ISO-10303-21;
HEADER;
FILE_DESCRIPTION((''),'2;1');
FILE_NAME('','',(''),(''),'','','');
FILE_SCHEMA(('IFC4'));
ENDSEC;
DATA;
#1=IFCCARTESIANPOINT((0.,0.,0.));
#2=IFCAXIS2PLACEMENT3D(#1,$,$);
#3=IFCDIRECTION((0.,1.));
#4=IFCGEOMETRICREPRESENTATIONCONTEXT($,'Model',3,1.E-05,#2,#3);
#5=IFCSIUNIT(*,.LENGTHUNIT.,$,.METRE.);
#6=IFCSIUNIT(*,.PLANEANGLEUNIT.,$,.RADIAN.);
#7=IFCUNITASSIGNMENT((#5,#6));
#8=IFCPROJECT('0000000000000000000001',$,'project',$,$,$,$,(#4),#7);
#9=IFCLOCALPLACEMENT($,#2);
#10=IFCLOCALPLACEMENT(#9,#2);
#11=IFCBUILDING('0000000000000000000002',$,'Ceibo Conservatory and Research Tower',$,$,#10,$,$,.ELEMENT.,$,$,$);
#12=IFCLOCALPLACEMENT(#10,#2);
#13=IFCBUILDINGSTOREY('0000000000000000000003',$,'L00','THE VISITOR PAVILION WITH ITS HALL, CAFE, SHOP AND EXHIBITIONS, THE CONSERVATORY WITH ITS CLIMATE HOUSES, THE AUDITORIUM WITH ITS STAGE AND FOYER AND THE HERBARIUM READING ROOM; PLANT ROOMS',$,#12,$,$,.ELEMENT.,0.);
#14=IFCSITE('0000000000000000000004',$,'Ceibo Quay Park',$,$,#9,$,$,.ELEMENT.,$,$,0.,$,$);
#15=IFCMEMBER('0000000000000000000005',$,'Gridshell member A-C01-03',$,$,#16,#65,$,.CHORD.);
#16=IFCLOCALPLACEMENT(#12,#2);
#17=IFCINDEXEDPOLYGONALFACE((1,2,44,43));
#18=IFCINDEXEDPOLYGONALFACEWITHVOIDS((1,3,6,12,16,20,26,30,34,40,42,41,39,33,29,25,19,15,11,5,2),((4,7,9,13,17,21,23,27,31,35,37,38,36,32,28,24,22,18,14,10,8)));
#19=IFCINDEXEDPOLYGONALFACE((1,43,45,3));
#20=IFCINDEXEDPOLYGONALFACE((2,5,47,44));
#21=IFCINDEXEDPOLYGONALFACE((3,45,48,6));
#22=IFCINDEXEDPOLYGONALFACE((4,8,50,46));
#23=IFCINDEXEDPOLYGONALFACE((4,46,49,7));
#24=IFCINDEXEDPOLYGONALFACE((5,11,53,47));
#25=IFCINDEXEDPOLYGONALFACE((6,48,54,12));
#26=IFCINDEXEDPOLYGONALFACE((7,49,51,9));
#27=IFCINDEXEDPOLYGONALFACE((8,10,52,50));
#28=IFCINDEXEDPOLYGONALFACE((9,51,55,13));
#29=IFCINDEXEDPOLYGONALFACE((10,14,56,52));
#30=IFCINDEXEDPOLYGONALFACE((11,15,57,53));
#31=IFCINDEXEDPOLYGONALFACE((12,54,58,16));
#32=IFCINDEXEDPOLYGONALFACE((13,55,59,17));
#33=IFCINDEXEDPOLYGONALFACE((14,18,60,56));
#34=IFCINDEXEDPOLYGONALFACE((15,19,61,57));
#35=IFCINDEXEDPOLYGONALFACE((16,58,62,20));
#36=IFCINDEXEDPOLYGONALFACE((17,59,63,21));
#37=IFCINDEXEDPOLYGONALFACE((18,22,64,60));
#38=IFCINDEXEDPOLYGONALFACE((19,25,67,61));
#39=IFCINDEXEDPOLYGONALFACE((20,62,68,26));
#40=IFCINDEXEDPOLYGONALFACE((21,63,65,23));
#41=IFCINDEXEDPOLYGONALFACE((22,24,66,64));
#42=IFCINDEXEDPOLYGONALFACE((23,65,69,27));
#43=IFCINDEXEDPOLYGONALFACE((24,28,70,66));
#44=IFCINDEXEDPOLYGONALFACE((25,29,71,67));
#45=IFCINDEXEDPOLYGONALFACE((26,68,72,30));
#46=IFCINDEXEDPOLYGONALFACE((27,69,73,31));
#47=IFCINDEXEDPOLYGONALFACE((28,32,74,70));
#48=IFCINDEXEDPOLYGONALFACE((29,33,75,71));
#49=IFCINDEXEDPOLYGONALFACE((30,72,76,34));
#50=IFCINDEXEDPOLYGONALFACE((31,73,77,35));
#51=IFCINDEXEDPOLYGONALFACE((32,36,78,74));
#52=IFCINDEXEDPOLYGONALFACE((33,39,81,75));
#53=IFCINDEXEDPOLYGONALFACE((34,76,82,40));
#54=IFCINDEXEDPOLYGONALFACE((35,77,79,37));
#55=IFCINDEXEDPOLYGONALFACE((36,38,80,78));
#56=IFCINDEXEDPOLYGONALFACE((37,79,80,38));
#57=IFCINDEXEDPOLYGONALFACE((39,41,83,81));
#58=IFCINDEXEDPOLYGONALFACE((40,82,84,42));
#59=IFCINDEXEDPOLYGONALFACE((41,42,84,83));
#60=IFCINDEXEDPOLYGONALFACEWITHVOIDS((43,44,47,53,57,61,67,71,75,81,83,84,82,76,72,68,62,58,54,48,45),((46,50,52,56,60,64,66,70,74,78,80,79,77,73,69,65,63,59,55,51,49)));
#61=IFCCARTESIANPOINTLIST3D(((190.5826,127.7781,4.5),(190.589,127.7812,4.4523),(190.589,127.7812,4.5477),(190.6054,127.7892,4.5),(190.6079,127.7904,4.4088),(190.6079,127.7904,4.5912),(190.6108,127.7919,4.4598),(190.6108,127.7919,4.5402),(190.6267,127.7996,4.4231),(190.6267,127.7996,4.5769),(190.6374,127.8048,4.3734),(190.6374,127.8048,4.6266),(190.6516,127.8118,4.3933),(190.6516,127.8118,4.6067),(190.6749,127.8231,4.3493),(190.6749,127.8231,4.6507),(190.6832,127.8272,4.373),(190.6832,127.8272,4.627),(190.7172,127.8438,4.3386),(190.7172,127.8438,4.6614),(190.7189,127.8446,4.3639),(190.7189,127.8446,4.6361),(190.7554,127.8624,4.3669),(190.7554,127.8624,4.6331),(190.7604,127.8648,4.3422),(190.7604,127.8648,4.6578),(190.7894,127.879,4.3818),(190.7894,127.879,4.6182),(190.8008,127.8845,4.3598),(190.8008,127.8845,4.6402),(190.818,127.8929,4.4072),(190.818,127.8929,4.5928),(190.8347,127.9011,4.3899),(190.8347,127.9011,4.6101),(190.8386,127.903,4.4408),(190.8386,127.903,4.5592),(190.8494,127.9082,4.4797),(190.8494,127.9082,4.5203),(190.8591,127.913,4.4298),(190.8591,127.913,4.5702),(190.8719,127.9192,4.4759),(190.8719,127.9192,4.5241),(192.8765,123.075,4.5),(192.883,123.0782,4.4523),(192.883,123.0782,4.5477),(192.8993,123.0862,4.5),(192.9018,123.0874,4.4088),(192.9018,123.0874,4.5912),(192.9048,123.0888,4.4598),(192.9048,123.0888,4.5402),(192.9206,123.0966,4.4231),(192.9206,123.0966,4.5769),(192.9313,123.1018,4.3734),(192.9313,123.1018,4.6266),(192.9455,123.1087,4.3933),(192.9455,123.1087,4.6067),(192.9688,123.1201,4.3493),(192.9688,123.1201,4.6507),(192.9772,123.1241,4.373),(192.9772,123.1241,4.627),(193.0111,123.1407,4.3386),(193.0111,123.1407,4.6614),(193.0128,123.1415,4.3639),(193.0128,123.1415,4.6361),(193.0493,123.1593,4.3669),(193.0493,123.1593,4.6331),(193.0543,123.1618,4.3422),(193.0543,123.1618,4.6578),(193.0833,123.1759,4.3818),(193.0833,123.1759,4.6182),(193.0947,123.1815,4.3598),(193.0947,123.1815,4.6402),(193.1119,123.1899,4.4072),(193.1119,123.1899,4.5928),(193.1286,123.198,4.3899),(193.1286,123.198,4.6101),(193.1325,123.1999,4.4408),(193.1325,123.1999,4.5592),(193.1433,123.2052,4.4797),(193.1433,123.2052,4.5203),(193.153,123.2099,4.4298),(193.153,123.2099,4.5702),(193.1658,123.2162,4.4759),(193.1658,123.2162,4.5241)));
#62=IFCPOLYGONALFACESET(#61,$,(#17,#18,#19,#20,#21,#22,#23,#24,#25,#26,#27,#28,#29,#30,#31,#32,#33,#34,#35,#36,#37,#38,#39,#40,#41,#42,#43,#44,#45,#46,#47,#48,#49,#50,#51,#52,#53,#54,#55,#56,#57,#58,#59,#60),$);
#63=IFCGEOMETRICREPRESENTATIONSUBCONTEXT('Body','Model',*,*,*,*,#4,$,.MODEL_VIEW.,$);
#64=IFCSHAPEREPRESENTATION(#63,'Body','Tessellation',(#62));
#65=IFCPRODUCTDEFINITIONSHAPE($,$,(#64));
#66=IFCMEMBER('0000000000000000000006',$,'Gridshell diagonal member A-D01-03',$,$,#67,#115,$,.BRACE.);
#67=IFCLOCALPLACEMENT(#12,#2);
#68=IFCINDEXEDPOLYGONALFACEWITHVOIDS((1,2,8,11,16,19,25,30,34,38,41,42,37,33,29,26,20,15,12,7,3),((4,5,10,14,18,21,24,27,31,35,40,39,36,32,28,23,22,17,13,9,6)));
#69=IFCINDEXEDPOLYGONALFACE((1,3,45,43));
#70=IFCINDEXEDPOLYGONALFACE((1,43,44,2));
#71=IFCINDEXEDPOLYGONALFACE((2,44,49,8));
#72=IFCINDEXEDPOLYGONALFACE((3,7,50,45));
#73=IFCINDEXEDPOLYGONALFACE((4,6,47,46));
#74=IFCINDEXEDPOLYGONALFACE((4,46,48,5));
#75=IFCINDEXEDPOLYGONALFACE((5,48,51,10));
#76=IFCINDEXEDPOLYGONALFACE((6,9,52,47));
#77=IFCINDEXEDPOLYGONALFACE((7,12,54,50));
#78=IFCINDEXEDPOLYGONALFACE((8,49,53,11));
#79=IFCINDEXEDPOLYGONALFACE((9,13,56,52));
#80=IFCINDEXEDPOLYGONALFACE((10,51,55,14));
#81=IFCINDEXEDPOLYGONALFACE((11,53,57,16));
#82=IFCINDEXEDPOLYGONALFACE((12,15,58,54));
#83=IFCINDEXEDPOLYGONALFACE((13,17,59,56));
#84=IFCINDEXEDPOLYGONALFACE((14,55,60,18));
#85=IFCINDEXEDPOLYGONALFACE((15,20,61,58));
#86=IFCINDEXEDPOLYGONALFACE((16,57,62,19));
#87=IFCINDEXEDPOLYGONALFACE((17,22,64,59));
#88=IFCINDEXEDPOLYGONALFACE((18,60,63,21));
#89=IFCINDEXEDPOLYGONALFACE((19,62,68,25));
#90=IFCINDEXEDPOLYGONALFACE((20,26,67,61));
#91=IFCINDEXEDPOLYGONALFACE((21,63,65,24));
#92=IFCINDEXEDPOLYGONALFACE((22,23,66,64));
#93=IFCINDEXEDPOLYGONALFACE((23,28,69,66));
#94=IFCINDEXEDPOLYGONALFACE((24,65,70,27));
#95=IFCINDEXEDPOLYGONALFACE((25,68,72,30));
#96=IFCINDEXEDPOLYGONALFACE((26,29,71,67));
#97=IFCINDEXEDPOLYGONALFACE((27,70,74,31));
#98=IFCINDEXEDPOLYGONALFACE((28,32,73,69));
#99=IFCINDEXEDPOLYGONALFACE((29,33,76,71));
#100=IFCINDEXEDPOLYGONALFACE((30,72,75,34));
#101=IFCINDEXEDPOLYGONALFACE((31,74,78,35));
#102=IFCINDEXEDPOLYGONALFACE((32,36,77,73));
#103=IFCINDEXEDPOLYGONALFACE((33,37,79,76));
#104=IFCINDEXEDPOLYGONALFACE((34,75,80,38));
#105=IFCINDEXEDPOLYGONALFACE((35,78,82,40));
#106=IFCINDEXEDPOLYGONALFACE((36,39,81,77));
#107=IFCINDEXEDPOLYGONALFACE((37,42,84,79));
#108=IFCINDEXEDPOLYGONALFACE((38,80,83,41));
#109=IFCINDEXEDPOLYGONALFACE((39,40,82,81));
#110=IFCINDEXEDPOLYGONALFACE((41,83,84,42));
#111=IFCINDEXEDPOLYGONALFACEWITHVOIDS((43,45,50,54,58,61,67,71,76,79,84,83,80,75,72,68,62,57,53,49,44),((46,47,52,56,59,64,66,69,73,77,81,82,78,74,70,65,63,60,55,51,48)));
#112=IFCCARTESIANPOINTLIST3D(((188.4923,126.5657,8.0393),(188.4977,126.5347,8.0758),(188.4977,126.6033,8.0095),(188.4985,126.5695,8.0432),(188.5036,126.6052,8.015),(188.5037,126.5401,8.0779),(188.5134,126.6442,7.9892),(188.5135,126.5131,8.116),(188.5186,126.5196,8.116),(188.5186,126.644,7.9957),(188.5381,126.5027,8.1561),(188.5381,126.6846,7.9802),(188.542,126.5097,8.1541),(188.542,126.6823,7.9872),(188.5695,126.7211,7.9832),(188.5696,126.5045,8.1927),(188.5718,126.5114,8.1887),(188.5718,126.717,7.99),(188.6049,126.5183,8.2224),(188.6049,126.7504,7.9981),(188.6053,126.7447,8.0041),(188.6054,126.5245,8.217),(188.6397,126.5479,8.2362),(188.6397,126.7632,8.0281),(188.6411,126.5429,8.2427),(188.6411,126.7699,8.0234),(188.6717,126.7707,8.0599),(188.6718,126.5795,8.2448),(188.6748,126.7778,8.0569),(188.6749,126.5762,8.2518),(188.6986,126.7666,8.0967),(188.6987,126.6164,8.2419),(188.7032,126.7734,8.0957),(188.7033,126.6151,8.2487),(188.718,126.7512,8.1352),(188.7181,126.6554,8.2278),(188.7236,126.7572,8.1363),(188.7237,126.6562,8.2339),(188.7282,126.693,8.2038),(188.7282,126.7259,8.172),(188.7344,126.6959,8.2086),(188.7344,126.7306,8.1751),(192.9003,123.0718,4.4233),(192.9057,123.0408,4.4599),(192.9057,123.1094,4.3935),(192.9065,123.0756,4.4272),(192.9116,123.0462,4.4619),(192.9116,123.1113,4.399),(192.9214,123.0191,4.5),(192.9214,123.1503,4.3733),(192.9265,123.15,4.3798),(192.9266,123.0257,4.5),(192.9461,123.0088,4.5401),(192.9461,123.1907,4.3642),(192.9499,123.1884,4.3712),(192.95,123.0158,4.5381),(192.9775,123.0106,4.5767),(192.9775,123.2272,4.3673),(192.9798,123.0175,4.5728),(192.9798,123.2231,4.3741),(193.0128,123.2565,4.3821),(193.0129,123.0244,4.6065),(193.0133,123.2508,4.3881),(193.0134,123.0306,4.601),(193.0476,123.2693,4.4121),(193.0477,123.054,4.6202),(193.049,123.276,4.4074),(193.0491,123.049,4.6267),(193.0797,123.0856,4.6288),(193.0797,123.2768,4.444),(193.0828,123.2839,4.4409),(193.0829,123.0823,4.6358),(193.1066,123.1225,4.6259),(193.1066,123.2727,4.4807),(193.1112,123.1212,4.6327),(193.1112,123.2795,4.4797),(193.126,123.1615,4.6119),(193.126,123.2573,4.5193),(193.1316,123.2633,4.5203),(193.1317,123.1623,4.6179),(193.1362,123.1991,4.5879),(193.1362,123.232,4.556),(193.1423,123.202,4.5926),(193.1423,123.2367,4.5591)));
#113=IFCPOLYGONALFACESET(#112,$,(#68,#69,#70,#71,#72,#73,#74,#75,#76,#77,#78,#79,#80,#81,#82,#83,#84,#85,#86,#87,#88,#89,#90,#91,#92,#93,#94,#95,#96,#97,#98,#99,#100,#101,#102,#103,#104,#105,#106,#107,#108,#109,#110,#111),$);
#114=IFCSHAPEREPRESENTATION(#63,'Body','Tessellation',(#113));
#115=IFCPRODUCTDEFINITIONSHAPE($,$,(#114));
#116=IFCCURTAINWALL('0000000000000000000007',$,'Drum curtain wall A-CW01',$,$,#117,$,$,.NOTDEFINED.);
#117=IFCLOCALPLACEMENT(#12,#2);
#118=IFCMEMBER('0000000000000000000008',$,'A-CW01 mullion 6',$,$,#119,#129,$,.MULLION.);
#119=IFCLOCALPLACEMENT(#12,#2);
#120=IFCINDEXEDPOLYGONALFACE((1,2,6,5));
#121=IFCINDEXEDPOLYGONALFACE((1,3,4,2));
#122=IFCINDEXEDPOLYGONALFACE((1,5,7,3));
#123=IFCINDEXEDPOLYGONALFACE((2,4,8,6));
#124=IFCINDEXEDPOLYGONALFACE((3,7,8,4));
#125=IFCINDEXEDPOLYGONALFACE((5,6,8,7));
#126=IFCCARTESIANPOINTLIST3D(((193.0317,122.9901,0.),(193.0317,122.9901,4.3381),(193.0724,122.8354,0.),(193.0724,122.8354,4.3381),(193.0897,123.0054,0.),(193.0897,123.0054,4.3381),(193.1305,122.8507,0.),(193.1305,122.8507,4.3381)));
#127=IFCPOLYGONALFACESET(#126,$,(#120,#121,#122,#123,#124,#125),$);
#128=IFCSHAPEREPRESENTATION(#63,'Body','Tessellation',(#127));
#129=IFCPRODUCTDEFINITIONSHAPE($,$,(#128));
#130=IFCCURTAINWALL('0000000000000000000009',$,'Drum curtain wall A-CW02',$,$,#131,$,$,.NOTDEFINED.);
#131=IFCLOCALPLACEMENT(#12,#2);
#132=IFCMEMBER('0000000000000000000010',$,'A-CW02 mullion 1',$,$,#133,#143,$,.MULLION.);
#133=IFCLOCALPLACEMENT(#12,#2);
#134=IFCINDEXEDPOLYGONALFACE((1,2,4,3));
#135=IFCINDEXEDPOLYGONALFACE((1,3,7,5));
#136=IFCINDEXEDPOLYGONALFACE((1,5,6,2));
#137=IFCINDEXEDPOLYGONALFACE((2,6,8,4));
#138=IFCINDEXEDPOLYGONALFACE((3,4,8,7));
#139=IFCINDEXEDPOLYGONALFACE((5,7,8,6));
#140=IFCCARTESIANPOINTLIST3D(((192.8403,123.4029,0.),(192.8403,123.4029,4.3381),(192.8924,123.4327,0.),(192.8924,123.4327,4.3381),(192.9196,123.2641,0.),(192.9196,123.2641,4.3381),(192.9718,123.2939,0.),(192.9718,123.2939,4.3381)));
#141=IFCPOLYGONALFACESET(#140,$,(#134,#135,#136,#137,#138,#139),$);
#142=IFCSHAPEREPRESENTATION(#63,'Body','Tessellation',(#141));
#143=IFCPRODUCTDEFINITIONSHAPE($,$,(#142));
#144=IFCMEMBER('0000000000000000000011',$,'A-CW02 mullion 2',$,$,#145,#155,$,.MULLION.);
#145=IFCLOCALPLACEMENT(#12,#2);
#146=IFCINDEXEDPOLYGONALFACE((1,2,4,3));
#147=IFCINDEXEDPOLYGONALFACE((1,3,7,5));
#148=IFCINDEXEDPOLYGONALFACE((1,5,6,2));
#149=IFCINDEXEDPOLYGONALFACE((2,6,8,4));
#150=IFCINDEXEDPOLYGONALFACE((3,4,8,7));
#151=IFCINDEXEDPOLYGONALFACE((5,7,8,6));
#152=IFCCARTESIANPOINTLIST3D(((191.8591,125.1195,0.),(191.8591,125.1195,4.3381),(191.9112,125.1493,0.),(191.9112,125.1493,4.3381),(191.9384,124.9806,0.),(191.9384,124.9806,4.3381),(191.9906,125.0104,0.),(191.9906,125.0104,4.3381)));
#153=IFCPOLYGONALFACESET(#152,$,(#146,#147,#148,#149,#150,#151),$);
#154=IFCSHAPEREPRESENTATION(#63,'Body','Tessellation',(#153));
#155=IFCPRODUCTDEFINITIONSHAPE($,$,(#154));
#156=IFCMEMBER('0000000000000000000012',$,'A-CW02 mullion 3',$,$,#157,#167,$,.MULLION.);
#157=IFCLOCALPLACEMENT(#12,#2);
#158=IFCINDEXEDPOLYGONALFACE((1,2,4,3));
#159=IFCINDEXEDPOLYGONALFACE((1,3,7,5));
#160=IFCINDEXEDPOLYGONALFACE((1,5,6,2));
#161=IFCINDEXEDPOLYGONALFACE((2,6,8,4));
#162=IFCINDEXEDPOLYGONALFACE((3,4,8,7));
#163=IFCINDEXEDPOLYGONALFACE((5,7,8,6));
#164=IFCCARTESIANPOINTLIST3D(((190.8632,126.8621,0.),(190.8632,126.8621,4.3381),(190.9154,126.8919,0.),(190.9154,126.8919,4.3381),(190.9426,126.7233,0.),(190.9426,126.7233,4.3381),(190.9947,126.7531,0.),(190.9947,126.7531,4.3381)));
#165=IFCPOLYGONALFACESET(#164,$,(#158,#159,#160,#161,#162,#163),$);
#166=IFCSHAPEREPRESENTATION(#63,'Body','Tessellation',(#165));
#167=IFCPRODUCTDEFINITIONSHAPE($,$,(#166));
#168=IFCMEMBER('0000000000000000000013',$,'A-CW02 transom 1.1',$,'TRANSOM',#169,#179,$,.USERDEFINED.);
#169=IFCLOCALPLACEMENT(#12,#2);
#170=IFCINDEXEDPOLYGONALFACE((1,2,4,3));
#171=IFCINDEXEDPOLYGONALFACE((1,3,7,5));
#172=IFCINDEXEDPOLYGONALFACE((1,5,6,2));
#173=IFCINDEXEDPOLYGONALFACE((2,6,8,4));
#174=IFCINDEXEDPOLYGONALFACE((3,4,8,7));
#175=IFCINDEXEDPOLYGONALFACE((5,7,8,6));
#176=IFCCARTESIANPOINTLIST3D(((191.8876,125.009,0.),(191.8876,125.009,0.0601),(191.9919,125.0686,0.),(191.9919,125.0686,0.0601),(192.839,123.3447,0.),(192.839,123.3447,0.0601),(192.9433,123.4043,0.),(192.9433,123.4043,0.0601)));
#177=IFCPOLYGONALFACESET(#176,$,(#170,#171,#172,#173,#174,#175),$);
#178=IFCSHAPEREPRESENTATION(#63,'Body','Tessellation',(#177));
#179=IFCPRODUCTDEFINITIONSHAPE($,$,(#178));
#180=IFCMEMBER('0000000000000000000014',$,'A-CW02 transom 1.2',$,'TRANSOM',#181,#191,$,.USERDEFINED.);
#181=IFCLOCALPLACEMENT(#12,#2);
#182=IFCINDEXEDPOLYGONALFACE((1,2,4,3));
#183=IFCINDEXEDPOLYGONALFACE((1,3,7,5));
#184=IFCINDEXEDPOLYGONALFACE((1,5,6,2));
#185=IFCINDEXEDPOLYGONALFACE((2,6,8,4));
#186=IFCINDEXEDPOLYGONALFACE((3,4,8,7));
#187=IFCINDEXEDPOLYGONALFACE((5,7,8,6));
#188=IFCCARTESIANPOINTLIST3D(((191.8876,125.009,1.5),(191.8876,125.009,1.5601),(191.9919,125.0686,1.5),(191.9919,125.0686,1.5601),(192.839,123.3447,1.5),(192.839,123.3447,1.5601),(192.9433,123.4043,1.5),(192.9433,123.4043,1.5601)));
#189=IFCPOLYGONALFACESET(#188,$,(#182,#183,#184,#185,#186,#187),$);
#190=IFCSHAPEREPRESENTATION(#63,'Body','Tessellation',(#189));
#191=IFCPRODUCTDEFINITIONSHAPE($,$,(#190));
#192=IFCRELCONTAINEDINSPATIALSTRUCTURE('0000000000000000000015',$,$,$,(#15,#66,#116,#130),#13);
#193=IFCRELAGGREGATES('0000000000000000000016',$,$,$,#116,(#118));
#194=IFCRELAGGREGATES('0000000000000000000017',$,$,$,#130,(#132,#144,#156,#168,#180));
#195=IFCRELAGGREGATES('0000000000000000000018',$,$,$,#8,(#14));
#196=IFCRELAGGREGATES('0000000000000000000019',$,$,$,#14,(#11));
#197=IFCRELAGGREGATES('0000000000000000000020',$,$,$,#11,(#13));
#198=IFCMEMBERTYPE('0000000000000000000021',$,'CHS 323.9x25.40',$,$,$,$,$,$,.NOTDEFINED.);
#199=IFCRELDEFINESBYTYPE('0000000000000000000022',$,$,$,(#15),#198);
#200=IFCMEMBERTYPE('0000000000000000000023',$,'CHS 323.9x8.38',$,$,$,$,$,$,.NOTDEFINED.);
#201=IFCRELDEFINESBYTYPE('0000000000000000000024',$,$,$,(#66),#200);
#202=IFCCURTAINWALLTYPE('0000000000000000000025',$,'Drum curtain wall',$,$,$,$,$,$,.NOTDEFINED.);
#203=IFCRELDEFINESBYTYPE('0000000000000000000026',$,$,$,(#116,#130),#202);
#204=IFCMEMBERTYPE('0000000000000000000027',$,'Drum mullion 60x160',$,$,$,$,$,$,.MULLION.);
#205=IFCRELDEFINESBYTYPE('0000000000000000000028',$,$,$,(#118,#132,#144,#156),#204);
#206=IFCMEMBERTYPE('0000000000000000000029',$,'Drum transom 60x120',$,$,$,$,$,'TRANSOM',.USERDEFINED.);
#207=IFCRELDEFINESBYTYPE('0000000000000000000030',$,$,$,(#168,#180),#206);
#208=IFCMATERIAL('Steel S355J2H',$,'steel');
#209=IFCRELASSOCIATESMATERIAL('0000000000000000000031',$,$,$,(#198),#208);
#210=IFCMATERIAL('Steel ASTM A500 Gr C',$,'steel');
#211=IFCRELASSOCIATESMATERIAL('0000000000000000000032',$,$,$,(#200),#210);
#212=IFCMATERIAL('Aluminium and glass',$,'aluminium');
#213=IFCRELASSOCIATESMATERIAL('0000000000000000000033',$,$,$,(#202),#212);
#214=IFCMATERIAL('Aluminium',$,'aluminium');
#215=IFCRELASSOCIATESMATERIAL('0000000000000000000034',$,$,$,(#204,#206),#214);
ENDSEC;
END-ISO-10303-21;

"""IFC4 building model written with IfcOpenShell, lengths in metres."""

from ifc_helpers import new_model, si_unit, direction, frame, origin, origin_2d, place, context, subcontext, project, spatial, rectangle, hollow_circle, extrude, material, material_profile, profile_set, type_object, element, aggregate, save


model = new_model("IFC4")

# Units and contexts
model_context = context("Model", 3, precision=1e-05, world=origin(), true_north=direction((0.0, 1.0)))
body_context = subcontext(model_context, "Body", "Model", "MODEL_VIEW")
ifc_project = project(units=[si_unit("LENGTHUNIT", "METRE"), si_unit("PLANEANGLEUNIT", "RADIAN")], contexts=[model_context])

# Site, building, storey
site_placement = place(None, origin())
site = spatial("IfcSite", under=ifc_project, at=site_placement, Name="Ceibo Quay Park", CompositionType="ELEMENT", RefElevation=0.0)
building_placement = place(site_placement, origin())
building = spatial("IfcBuilding", under=site, at=building_placement, Name="Ceibo Conservatory and Research Tower", CompositionType="ELEMENT")
storey_placement = place(building_placement, origin())
storey = spatial("IfcBuildingStorey", under=building, at=storey_placement, Name="L00", Description="THE VISITOR PAVILION WITH ITS HALL, CAFE, SHOP AND EXHIBITIONS, THE CONSERVATORY WITH ITS CLIMATE HOUSES, THE AUDITORIUM WITH ITS STAGE AND FOYER AND THE HERBARIUM READING ROOM; PLANT ROOMS", CompositionType="ELEMENT", Elevation=0.0)

# Shared definitions
ifc_material_1 = material(Name="Steel ASTM A500 Gr C", Category="steel")

# Members
ifc_material_2 = material(Name="Steel S355J2H", Category="steel")
ifc_material_profile_1 = material_profile(ifc_material_2, hollow_circle(Radius=0.1619, WallThickness=0.0254, at=origin_2d()), Name="CHS 323.9x25.40")
ifc_profile_set_1 = profile_set([ifc_material_profile_1], Name="Steel S355J2H")
member_type_1 = type_object("IfcMemberType", Name="CHS 323.9x25.40", PredefinedType="NOTDEFINED", material=ifc_profile_set_1)
member_1_placement = place(storey_placement, frame((193.022, 123.146, 4.5), z_axis=(-0.438383, 0.898788, 0.0), x_axis=(-0.898788, -0.438383, 0.0)))
element("IfcMember", 1, at=member_1_placement, inside=storey, type_object=member_type_1, Name="Gridshell member A-C01-03", PredefinedType="CHORD", context=body_context, shape_type="SweptSolid", body=[
    extrude(hollow_circle(Radius=0.1619, WallThickness=0.0254, at=origin_2d()), origin(), (0.0, 0.0, 1.0), 5.2327),
])
ifc_material_profile_2 = material_profile(ifc_material_1, hollow_circle(Radius=0.1619, WallThickness=0.0083, at=origin_2d()), Name="CHS 323.9x8.38")
ifc_profile_set_2 = profile_set([ifc_material_profile_2], Name="Steel ASTM A500 Gr C")
member_type_2 = type_object("IfcMemberType", Name="CHS 323.9x8.38", PredefinedType="NOTDEFINED", material=ifc_profile_set_2)
member_2_placement = place(storey_placement, frame((193.022, 123.146, 4.5), z_axis=(-0.659208, 0.52251, 0.540766), x_axis=(-0.621169, -0.783677, 0.0)))
element("IfcMember", 2, at=member_2_placement, inside=storey, type_object=member_type_2, Name="Gridshell diagonal member A-D01-03", PredefinedType="BRACE", context=body_context, shape_type="SweptSolid", body=[
    extrude(hollow_circle(Radius=0.1619, WallThickness=0.0083, at=origin_2d()), origin(), (0.0, 0.0, 1.0), 6.6868),
])

# Curtain wall, member
ifc_material_3 = material(Name="Aluminium and glass", Category="aluminium")
curtain_wall_type = type_object("IfcCurtainWallType", Name="Drum curtain wall", PredefinedType="NOTDEFINED", material=ifc_material_3)
curtain_wall_1_placement = place(storey_placement, origin())
curtain_wall_1 = element("IfcCurtainWall", 3, at=curtain_wall_1_placement, inside=storey, type_object=curtain_wall_type, Name="Drum curtain wall A-CW01", PredefinedType="NOTDEFINED")
ifc_material_4 = material(Name="Aluminium", Category="aluminium")
ifc_material_profile_3 = material_profile(ifc_material_4, rectangle(XDim=0.0601, YDim=0.1599, at=origin_2d()), Name="AL 60x160")
ifc_profile_set_3 = profile_set([ifc_material_profile_3], Name="Aluminium")
member_type_3 = type_object("IfcMemberType", Name="Drum mullion 60x160", PredefinedType="MULLION", material=ifc_profile_set_3)
member_3_placement = place(storey_placement, frame((193.0811, 122.9204, 0.0), z_axis=(0.0, 0.0, 1.0), x_axis=(-0.967046, -0.254602, 0.0)))
member_3 = element("IfcMember", 4, at=member_3_placement, type_object=member_type_3, Name="A-CW01 mullion 6", PredefinedType="MULLION", context=body_context, shape_type="SweptSolid", body=[
    extrude(rectangle(XDim=0.0601, YDim=0.1599, at=origin_2d()), origin(), (0.0, 0.0, 1.0), 4.3381),
])
aggregate(curtain_wall_1, [member_3])

# Curtain wall, members
curtain_wall_2_placement = place(storey_placement, origin())
curtain_wall_2 = element("IfcCurtainWall", 5, at=curtain_wall_2_placement, inside=storey, type_object=curtain_wall_type, Name="Drum curtain wall A-CW02", PredefinedType="NOTDEFINED")
member_4_placement = place(storey_placement, frame((192.906, 123.3484, 0.0), z_axis=(0.0, 0.0, 1.0), x_axis=(-0.868199, -0.496216, 0.0)))
member_4 = element("IfcMember", 6, at=member_4_placement, type_object=member_type_3, Name="A-CW02 mullion 1", PredefinedType="MULLION", context=body_context, shape_type="SweptSolid", body=[
    extrude(rectangle(XDim=0.0601, YDim=0.1599, at=origin_2d()), origin(), (0.0, 0.0, 1.0), 4.3381),
])
member_5_placement = place(storey_placement, frame((191.9248, 125.0649, 0.0), z_axis=(0.0, 0.0, 1.0), x_axis=(-0.868199, -0.496216, 0.0)))
member_5 = element("IfcMember", 7, at=member_5_placement, type_object=member_type_3, Name="A-CW02 mullion 2", PredefinedType="MULLION", context=body_context, shape_type="SweptSolid", body=[
    extrude(rectangle(XDim=0.0601, YDim=0.1599, at=origin_2d()), origin(), (0.0, 0.0, 1.0), 4.3381),
])
member_6_placement = place(storey_placement, frame((190.929, 126.8076, 0.0), z_axis=(0.0, 0.0, 1.0), x_axis=(-0.868199, -0.496216, 0.0)))
member_6 = element("IfcMember", 8, at=member_6_placement, type_object=member_type_3, Name="A-CW02 mullion 3", PredefinedType="MULLION", context=body_context, shape_type="SweptSolid", body=[
    extrude(rectangle(XDim=0.0601, YDim=0.1599, at=origin_2d()), origin(), (0.0, 0.0, 1.0), 4.3381),
])
ifc_material_profile_4 = material_profile(ifc_material_4, rectangle(XDim=0.1201, YDim=0.0601, at=origin_2d()), Name="AL 60x120")
ifc_profile_set_4 = profile_set([ifc_material_profile_4], Name="Aluminium")
member_type_4 = type_object("IfcMemberType", Name="Drum transom 60x120", ElementType="TRANSOM", PredefinedType="USERDEFINED", material=ifc_profile_set_4)
member_7_placement = place(storey_placement, frame((192.8911, 123.3745, 0.03), z_axis=(-0.49629, 0.868157, 0.0), x_axis=(-0.868157, -0.49629, 0.0)))
member_7 = element("IfcMember", 9, at=member_7_placement, type_object=member_type_4, Name="A-CW02 transom 1.1", ObjectType="TRANSOM", PredefinedType="USERDEFINED", context=body_context, shape_type="SweptSolid", body=[
    extrude(rectangle(XDim=0.1201, YDim=0.0601, at=origin_2d()), origin(), (0.0, 0.0, 1.0), 1.917),
])
member_8_placement = place(storey_placement, frame((192.8911, 123.3745, 1.53), z_axis=(-0.49629, 0.868157, 0.0), x_axis=(-0.868157, -0.49629, 0.0)))
member_8 = element("IfcMember", 10, at=member_8_placement, type_object=member_type_4, Name="A-CW02 transom 1.2", ObjectType="TRANSOM", PredefinedType="USERDEFINED", context=body_context, shape_type="SweptSolid", body=[
    extrude(rectangle(XDim=0.1201, YDim=0.0601, at=origin_2d()), origin(), (0.0, 0.0, 1.0), 1.917),
])

aggregate(curtain_wall_2, [member_4, member_5, member_6, member_7, member_8])

save(model, "model.ifc")
